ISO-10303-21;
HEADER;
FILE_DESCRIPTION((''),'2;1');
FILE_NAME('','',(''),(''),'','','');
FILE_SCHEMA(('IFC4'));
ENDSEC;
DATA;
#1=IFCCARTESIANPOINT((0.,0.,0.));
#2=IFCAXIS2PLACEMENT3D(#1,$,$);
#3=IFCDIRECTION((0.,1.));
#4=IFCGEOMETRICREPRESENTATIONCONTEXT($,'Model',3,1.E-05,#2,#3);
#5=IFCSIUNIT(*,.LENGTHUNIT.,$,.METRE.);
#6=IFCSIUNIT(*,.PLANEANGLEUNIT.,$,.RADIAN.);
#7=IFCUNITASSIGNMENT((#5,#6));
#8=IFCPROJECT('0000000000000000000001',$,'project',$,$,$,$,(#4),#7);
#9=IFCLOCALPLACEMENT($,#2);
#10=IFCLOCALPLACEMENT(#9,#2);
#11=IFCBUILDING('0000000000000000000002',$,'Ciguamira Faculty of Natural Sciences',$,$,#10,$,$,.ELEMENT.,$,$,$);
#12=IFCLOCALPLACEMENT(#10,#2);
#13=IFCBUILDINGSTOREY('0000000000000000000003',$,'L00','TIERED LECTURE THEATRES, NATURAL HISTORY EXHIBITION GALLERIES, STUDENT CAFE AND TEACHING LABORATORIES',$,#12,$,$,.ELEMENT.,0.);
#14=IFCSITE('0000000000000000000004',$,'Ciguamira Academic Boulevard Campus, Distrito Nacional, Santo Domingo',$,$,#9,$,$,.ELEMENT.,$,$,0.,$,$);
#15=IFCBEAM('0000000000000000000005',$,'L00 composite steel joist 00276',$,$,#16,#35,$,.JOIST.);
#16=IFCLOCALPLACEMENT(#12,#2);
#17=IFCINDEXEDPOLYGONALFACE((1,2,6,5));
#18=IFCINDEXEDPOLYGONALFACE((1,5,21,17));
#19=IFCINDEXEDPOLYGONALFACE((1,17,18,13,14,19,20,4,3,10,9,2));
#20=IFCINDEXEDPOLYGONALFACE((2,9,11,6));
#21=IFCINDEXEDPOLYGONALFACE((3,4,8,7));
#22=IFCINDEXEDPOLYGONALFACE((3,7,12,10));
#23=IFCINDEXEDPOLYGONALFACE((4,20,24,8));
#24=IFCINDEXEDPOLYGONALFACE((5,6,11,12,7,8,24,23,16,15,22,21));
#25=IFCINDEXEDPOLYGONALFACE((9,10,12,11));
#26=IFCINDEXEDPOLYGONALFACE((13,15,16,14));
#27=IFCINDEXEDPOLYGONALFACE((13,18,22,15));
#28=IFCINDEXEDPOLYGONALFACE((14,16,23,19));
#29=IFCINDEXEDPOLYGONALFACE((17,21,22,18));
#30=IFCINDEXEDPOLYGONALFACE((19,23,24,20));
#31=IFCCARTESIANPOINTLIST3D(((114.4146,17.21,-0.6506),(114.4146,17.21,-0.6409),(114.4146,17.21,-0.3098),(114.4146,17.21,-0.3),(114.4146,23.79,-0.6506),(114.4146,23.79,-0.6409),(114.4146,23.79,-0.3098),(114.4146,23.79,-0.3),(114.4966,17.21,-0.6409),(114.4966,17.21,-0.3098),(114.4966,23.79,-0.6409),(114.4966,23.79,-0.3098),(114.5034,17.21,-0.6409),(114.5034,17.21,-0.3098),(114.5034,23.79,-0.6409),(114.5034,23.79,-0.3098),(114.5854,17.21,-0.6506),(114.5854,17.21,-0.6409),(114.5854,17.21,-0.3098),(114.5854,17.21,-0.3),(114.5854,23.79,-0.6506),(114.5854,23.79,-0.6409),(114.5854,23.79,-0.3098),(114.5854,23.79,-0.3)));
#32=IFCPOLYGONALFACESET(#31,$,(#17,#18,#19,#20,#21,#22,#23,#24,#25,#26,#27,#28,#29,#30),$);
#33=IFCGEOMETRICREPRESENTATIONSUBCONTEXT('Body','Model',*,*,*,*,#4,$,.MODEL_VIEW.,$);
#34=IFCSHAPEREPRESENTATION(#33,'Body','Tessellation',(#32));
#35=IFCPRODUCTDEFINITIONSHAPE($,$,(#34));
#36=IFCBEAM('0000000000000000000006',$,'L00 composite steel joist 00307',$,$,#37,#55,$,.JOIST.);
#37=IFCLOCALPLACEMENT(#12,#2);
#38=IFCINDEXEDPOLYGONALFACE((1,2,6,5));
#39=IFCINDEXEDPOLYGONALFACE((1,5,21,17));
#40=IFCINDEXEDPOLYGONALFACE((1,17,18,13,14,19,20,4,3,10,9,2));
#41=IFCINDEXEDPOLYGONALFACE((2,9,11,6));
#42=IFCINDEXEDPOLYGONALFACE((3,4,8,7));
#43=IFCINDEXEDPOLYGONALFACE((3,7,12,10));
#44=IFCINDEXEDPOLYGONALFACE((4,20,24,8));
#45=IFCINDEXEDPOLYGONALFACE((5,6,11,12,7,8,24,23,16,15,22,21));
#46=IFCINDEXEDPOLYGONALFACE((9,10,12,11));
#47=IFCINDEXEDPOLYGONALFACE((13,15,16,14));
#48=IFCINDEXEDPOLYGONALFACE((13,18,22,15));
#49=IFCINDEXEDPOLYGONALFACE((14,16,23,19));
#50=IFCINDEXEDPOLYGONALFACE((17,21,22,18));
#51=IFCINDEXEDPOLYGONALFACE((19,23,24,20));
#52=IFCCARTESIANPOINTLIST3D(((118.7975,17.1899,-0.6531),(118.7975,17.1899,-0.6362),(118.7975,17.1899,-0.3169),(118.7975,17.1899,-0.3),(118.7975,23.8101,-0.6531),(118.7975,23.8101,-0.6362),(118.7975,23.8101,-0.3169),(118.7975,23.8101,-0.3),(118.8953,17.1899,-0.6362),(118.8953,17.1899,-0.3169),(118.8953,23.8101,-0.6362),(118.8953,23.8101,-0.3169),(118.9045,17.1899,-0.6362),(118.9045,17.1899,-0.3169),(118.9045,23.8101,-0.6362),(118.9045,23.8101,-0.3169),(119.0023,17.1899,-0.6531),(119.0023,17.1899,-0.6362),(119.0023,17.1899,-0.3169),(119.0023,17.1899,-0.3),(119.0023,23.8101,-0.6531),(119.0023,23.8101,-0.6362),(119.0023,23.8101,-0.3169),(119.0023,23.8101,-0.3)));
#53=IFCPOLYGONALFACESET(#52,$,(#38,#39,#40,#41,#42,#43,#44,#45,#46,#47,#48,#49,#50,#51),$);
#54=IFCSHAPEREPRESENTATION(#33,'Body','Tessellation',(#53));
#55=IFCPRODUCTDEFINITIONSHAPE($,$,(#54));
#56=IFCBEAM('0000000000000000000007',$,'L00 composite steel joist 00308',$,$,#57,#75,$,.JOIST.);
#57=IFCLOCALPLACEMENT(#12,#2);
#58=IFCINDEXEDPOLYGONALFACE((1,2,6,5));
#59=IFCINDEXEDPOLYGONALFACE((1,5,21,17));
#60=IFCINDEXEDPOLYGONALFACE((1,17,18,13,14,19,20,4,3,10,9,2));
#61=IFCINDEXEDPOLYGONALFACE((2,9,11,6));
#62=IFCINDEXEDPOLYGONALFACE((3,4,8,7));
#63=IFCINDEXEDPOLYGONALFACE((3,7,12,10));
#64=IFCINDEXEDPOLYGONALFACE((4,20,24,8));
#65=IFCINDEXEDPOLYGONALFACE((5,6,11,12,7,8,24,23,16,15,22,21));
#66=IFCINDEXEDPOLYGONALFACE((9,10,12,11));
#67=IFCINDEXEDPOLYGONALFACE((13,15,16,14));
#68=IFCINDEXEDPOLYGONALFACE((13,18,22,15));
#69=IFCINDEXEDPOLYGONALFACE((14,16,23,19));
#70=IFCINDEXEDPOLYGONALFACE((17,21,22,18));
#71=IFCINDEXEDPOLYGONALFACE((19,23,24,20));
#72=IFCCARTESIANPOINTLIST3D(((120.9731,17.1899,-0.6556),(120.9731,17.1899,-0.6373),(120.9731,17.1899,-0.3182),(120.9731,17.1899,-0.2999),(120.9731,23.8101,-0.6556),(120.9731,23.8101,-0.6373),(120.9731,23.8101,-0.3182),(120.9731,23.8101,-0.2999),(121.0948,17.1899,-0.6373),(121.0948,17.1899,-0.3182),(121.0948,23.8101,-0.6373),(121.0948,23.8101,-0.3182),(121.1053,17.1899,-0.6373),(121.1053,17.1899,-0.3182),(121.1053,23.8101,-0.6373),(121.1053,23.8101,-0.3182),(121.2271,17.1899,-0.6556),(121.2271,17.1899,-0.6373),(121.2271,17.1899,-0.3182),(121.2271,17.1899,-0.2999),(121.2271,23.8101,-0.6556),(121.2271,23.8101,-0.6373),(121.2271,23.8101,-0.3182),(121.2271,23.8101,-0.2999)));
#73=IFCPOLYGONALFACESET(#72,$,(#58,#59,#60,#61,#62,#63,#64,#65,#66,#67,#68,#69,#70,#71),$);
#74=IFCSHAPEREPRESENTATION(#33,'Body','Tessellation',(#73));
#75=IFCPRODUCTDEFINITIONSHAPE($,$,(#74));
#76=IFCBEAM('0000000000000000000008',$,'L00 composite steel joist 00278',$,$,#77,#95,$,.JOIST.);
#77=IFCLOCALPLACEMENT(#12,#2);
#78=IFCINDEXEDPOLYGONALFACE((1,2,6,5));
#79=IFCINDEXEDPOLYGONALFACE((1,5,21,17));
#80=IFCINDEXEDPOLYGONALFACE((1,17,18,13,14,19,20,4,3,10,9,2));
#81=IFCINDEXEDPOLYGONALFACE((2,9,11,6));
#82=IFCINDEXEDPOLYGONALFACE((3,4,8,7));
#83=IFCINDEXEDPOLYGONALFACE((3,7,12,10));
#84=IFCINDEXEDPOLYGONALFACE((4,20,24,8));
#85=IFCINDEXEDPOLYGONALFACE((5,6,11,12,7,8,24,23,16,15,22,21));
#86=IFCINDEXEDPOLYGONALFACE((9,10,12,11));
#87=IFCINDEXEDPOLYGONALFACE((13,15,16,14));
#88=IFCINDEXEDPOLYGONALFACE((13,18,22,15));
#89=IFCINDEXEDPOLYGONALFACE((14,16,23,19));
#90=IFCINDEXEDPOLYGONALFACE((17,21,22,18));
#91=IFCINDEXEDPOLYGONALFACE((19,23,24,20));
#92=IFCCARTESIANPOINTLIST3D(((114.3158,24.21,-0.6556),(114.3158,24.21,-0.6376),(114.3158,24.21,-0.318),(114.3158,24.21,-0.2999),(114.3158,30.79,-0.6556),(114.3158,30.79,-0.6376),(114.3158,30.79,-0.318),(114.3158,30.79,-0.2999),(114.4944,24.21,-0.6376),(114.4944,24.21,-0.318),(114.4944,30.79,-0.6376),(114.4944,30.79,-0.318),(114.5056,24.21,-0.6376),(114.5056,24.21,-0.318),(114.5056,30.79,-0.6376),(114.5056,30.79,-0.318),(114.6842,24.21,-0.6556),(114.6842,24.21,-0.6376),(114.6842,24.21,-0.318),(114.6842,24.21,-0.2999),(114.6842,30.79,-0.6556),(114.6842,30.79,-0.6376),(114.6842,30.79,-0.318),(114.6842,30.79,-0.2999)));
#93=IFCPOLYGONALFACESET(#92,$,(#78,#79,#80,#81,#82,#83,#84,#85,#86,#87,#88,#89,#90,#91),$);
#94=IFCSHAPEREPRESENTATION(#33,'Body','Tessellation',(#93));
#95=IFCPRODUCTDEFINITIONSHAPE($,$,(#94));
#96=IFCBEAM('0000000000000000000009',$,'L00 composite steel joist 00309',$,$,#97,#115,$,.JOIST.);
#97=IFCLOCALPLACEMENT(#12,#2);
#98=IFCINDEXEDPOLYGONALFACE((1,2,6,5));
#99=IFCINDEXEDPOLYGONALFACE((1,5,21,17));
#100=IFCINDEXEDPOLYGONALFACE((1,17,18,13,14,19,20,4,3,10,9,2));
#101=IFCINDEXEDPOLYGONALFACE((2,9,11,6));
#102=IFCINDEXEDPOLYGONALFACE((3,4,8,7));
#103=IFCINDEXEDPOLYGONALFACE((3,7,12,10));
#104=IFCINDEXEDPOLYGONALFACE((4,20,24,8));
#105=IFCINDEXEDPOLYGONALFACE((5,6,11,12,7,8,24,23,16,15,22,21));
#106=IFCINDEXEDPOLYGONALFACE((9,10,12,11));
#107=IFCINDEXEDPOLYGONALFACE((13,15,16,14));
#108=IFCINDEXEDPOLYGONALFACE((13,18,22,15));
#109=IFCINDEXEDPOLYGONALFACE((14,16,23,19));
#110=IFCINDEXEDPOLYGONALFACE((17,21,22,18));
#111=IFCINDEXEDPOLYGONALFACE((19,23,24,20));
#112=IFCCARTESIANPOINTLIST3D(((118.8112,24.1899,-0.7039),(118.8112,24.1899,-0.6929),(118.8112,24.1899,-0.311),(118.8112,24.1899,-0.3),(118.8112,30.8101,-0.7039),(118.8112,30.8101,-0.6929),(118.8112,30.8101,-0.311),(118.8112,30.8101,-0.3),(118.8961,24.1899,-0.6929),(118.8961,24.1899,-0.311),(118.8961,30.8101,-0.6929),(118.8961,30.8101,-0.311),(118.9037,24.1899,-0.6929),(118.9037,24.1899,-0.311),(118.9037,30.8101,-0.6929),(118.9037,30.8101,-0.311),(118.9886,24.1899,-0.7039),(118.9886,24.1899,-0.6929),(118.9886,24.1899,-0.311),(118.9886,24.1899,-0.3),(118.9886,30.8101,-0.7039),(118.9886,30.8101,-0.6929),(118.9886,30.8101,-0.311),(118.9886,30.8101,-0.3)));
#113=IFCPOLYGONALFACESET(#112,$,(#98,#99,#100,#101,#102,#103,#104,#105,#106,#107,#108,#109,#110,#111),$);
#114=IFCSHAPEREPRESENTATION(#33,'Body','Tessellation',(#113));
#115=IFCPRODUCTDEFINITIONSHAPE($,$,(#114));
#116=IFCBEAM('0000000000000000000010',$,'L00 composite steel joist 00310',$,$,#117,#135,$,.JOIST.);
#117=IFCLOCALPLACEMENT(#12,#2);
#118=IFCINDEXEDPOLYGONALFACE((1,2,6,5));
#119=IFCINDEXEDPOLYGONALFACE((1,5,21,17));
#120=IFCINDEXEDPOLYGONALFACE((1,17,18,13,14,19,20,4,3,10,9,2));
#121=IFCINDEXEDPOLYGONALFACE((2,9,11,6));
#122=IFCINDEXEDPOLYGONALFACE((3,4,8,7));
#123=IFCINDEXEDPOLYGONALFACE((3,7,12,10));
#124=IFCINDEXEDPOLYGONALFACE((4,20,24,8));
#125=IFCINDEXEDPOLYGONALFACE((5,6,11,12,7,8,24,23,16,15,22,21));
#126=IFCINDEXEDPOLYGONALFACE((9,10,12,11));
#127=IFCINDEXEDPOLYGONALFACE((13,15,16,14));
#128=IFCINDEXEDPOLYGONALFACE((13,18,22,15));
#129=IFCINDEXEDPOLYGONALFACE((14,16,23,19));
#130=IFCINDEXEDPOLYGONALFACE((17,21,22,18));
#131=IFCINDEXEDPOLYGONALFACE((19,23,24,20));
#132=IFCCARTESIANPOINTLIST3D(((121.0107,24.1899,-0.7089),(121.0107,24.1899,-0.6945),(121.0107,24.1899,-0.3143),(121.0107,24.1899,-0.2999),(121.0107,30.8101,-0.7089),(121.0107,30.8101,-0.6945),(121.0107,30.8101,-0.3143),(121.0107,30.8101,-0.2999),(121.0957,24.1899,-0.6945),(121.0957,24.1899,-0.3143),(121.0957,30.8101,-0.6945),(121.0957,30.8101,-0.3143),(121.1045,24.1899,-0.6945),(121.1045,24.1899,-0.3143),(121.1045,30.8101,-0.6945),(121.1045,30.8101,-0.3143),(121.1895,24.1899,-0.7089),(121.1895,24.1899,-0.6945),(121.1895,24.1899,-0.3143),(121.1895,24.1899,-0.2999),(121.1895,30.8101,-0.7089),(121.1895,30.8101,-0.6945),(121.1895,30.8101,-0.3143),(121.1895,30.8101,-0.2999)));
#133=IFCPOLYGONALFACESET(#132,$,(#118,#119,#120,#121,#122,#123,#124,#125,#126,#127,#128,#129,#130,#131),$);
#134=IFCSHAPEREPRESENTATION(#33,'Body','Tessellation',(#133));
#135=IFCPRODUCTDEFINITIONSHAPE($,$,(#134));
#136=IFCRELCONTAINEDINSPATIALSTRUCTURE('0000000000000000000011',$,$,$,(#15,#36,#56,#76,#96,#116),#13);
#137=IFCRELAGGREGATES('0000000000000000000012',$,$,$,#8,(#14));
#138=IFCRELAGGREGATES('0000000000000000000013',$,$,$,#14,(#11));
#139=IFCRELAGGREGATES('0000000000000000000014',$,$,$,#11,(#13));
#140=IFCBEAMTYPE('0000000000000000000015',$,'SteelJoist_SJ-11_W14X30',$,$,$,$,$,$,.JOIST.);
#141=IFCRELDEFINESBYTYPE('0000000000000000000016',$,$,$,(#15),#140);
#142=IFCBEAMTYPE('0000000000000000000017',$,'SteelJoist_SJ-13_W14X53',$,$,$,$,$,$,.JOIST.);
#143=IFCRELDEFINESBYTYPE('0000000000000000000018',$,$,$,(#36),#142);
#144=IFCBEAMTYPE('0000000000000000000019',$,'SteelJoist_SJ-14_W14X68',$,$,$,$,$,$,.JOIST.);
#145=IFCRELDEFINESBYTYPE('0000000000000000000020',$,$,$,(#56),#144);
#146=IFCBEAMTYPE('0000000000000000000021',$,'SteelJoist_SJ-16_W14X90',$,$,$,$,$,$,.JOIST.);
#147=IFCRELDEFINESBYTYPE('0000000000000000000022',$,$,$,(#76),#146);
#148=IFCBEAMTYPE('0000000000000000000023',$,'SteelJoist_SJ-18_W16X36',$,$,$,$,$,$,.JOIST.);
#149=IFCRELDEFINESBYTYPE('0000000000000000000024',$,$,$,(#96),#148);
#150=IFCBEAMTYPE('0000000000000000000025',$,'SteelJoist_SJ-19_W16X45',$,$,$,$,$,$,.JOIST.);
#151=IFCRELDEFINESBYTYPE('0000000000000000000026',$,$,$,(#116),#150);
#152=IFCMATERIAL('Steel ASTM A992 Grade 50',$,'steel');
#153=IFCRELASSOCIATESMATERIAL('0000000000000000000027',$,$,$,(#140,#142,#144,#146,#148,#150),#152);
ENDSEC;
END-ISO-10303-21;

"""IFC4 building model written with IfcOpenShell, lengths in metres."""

from ifc_helpers import new_model, si_unit, direction, frame, origin, origin_2d, place, context, subcontext, project, spatial, i_section, extrude, material, material_profile, profile_set, type_object, element, save


model = new_model("IFC4")

# Units and contexts
model_context = context("Model", 3, precision=1e-05, world=origin(), true_north=direction((0.0, 1.0)))
body_context = subcontext(model_context, "Body", "Model", "MODEL_VIEW")
ifc_project = project(units=[si_unit("LENGTHUNIT", "METRE"), si_unit("PLANEANGLEUNIT", "RADIAN")], contexts=[model_context])

# Site, building, storey
site_placement = place(None, origin())
site = spatial("IfcSite", under=ifc_project, at=site_placement, Name="Ciguamira Academic Boulevard Campus, Distrito Nacional, Santo Domingo", CompositionType="ELEMENT", RefElevation=0.0)
building_placement = place(site_placement, origin())
building = spatial("IfcBuilding", under=site, at=building_placement, Name="Ciguamira Faculty of Natural Sciences", CompositionType="ELEMENT")
storey_placement = place(building_placement, origin())
storey = spatial("IfcBuildingStorey", under=building, at=storey_placement, Name="L00", Description="TIERED LECTURE THEATRES, NATURAL HISTORY EXHIBITION GALLERIES, STUDENT CAFE AND TEACHING LABORATORIES", CompositionType="ELEMENT", Elevation=0.0)

# Beams
ifc_material_1 = material(Name="Steel ASTM A992 Grade 50", Category="steel")
ifc_material_profile_1 = material_profile(ifc_material_1, i_section(OverallWidth=0.1709, OverallDepth=0.3506, WebThickness=0.0068, FlangeThickness=0.0098, at=origin_2d()), Name="W14X30")
ifc_profile_set_1 = profile_set([ifc_material_profile_1], Name="Steel ASTM A992 Grade 50")
beam_type_1 = type_object("IfcBeamType", Name="SteelJoist_SJ-11_W14X30", PredefinedType="JOIST", material=ifc_profile_set_1)
beam_1_placement = place(storey_placement, frame((114.5, 17.21, -0.4753), z_axis=(0.0, 1.0, 0.0), x_axis=(-1.0, 0.0, 0.0)))
element("IfcBeam", 1, at=beam_1_placement, inside=storey, type_object=beam_type_1, Name="L00 composite steel joist 00276", PredefinedType="JOIST", context=body_context, shape_type="SweptSolid", body=[
    extrude(i_section(OverallWidth=0.1709, OverallDepth=0.3506, WebThickness=0.0068, FlangeThickness=0.0098, at=origin_2d()), origin(), (0.0, 0.0, 1.0), 6.5801),
])
ifc_material_profile_2 = material_profile(ifc_material_1, i_section(OverallWidth=0.2048, OverallDepth=0.353, WebThickness=0.0093, FlangeThickness=0.0168, at=origin_2d()), Name="W14X53")
ifc_profile_set_2 = profile_set([ifc_material_profile_2], Name="Steel ASTM A992 Grade 50")
beam_type_2 = type_object("IfcBeamType", Name="SteelJoist_SJ-13_W14X53", PredefinedType="JOIST", material=ifc_profile_set_2)
beam_2_placement = place(storey_placement, frame((118.8999, 17.1899, -0.4766), z_axis=(0.0, 1.0, 0.0), x_axis=(-1.0, 0.0, 0.0)))
element("IfcBeam", 2, at=beam_2_placement, inside=storey, type_object=beam_type_2, Name="L00 composite steel joist 00307", PredefinedType="JOIST", context=body_context, shape_type="SweptSolid", body=[
    extrude(i_section(OverallWidth=0.2048, OverallDepth=0.353, WebThickness=0.0093, FlangeThickness=0.0168, at=origin_2d()), origin(), (0.0, 0.0, 1.0), 6.6201),
])
ifc_material_profile_3 = material_profile(ifc_material_1, i_section(OverallWidth=0.2539, OverallDepth=0.3557, WebThickness=0.0105, FlangeThickness=0.0183, at=origin_2d()), Name="W14X68")
ifc_profile_set_3 = profile_set([ifc_material_profile_3], Name="Steel ASTM A992 Grade 50")
beam_type_3 = type_object("IfcBeamType", Name="SteelJoist_SJ-14_W14X68", PredefinedType="JOIST", material=ifc_profile_set_3)
beam_3_placement = place(storey_placement, frame((121.1001, 17.1899, -0.4778), z_axis=(0.0, 1.0, 0.0), x_axis=(-1.0, 0.0, 0.0)))
element("IfcBeam", 3, at=beam_3_placement, inside=storey, type_object=beam_type_3, Name="L00 composite steel joist 00308", PredefinedType="JOIST", context=body_context, shape_type="SweptSolid", body=[
    extrude(i_section(OverallWidth=0.2539, OverallDepth=0.3557, WebThickness=0.0105, FlangeThickness=0.0183, at=origin_2d()), origin(), (0.0, 0.0, 1.0), 6.6201),
])
ifc_material_profile_4 = material_profile(ifc_material_1, i_section(OverallWidth=0.3684, OverallDepth=0.3557, WebThickness=0.0112, FlangeThickness=0.0181, at=origin_2d()), Name="W14X90")
ifc_profile_set_4 = profile_set([ifc_material_profile_4], Name="Steel ASTM A992 Grade 50")
beam_type_4 = type_object("IfcBeamType", Name="SteelJoist_SJ-16_W14X90", PredefinedType="JOIST", material=ifc_profile_set_4)
beam_4_placement = place(storey_placement, frame((114.5, 24.21, -0.4778), z_axis=(0.0, 1.0, 0.0), x_axis=(-1.0, 0.0, 0.0)))
element("IfcBeam", 4, at=beam_4_placement, inside=storey, type_object=beam_type_4, Name="L00 composite steel joist 00278", PredefinedType="JOIST", context=body_context, shape_type="SweptSolid", body=[
    extrude(i_section(OverallWidth=0.3684, OverallDepth=0.3557, WebThickness=0.0112, FlangeThickness=0.0181, at=origin_2d()), origin(), (0.0, 0.0, 1.0), 6.5801),
])
ifc_material_profile_5 = material_profile(ifc_material_1, i_section(OverallWidth=0.1775, OverallDepth=0.4038, WebThickness=0.0076, FlangeThickness=0.011, at=origin_2d()), Name="W16X36")
ifc_profile_set_5 = profile_set([ifc_material_profile_5], Name="Steel ASTM A992 Grade 50")
beam_type_5 = type_object("IfcBeamType", Name="SteelJoist_SJ-18_W16X36", PredefinedType="JOIST", material=ifc_profile_set_5)
beam_5_placement = place(storey_placement, frame((118.8999, 24.1899, -0.502), z_axis=(0.0, 1.0, 0.0), x_axis=(-1.0, 0.0, 0.0)))
element("IfcBeam", 5, at=beam_5_placement, inside=storey, type_object=beam_type_5, Name="L00 composite steel joist 00309", PredefinedType="JOIST", context=body_context, shape_type="SweptSolid", body=[
    extrude(i_section(OverallWidth=0.1775, OverallDepth=0.4038, WebThickness=0.0076, FlangeThickness=0.011, at=origin_2d()), origin(), (0.0, 0.0, 1.0), 6.6201),
])
ifc_material_profile_6 = material_profile(ifc_material_1, i_section(OverallWidth=0.1787, OverallDepth=0.4089, WebThickness=0.0088, FlangeThickness=0.0144, at=origin_2d()), Name="W16X45")
ifc_profile_set_6 = profile_set([ifc_material_profile_6], Name="Steel ASTM A992 Grade 50")
beam_type_6 = type_object("IfcBeamType", Name="SteelJoist_SJ-19_W16X45", PredefinedType="JOIST", material=ifc_profile_set_6)
beam_6_placement = place(storey_placement, frame((121.1001, 24.1899, -0.5044), z_axis=(0.0, 1.0, 0.0), x_axis=(-1.0, 0.0, 0.0)))
element("IfcBeam", 6, at=beam_6_placement, inside=storey, type_object=beam_type_6, Name="L00 composite steel joist 00310", PredefinedType="JOIST", context=body_context, shape_type="SweptSolid", body=[
    extrude(i_section(OverallWidth=0.1787, OverallDepth=0.4089, WebThickness=0.0088, FlangeThickness=0.0144, at=origin_2d()), origin(), (0.0, 0.0, 1.0), 6.6201),
])

save(model, "model.ifc")
